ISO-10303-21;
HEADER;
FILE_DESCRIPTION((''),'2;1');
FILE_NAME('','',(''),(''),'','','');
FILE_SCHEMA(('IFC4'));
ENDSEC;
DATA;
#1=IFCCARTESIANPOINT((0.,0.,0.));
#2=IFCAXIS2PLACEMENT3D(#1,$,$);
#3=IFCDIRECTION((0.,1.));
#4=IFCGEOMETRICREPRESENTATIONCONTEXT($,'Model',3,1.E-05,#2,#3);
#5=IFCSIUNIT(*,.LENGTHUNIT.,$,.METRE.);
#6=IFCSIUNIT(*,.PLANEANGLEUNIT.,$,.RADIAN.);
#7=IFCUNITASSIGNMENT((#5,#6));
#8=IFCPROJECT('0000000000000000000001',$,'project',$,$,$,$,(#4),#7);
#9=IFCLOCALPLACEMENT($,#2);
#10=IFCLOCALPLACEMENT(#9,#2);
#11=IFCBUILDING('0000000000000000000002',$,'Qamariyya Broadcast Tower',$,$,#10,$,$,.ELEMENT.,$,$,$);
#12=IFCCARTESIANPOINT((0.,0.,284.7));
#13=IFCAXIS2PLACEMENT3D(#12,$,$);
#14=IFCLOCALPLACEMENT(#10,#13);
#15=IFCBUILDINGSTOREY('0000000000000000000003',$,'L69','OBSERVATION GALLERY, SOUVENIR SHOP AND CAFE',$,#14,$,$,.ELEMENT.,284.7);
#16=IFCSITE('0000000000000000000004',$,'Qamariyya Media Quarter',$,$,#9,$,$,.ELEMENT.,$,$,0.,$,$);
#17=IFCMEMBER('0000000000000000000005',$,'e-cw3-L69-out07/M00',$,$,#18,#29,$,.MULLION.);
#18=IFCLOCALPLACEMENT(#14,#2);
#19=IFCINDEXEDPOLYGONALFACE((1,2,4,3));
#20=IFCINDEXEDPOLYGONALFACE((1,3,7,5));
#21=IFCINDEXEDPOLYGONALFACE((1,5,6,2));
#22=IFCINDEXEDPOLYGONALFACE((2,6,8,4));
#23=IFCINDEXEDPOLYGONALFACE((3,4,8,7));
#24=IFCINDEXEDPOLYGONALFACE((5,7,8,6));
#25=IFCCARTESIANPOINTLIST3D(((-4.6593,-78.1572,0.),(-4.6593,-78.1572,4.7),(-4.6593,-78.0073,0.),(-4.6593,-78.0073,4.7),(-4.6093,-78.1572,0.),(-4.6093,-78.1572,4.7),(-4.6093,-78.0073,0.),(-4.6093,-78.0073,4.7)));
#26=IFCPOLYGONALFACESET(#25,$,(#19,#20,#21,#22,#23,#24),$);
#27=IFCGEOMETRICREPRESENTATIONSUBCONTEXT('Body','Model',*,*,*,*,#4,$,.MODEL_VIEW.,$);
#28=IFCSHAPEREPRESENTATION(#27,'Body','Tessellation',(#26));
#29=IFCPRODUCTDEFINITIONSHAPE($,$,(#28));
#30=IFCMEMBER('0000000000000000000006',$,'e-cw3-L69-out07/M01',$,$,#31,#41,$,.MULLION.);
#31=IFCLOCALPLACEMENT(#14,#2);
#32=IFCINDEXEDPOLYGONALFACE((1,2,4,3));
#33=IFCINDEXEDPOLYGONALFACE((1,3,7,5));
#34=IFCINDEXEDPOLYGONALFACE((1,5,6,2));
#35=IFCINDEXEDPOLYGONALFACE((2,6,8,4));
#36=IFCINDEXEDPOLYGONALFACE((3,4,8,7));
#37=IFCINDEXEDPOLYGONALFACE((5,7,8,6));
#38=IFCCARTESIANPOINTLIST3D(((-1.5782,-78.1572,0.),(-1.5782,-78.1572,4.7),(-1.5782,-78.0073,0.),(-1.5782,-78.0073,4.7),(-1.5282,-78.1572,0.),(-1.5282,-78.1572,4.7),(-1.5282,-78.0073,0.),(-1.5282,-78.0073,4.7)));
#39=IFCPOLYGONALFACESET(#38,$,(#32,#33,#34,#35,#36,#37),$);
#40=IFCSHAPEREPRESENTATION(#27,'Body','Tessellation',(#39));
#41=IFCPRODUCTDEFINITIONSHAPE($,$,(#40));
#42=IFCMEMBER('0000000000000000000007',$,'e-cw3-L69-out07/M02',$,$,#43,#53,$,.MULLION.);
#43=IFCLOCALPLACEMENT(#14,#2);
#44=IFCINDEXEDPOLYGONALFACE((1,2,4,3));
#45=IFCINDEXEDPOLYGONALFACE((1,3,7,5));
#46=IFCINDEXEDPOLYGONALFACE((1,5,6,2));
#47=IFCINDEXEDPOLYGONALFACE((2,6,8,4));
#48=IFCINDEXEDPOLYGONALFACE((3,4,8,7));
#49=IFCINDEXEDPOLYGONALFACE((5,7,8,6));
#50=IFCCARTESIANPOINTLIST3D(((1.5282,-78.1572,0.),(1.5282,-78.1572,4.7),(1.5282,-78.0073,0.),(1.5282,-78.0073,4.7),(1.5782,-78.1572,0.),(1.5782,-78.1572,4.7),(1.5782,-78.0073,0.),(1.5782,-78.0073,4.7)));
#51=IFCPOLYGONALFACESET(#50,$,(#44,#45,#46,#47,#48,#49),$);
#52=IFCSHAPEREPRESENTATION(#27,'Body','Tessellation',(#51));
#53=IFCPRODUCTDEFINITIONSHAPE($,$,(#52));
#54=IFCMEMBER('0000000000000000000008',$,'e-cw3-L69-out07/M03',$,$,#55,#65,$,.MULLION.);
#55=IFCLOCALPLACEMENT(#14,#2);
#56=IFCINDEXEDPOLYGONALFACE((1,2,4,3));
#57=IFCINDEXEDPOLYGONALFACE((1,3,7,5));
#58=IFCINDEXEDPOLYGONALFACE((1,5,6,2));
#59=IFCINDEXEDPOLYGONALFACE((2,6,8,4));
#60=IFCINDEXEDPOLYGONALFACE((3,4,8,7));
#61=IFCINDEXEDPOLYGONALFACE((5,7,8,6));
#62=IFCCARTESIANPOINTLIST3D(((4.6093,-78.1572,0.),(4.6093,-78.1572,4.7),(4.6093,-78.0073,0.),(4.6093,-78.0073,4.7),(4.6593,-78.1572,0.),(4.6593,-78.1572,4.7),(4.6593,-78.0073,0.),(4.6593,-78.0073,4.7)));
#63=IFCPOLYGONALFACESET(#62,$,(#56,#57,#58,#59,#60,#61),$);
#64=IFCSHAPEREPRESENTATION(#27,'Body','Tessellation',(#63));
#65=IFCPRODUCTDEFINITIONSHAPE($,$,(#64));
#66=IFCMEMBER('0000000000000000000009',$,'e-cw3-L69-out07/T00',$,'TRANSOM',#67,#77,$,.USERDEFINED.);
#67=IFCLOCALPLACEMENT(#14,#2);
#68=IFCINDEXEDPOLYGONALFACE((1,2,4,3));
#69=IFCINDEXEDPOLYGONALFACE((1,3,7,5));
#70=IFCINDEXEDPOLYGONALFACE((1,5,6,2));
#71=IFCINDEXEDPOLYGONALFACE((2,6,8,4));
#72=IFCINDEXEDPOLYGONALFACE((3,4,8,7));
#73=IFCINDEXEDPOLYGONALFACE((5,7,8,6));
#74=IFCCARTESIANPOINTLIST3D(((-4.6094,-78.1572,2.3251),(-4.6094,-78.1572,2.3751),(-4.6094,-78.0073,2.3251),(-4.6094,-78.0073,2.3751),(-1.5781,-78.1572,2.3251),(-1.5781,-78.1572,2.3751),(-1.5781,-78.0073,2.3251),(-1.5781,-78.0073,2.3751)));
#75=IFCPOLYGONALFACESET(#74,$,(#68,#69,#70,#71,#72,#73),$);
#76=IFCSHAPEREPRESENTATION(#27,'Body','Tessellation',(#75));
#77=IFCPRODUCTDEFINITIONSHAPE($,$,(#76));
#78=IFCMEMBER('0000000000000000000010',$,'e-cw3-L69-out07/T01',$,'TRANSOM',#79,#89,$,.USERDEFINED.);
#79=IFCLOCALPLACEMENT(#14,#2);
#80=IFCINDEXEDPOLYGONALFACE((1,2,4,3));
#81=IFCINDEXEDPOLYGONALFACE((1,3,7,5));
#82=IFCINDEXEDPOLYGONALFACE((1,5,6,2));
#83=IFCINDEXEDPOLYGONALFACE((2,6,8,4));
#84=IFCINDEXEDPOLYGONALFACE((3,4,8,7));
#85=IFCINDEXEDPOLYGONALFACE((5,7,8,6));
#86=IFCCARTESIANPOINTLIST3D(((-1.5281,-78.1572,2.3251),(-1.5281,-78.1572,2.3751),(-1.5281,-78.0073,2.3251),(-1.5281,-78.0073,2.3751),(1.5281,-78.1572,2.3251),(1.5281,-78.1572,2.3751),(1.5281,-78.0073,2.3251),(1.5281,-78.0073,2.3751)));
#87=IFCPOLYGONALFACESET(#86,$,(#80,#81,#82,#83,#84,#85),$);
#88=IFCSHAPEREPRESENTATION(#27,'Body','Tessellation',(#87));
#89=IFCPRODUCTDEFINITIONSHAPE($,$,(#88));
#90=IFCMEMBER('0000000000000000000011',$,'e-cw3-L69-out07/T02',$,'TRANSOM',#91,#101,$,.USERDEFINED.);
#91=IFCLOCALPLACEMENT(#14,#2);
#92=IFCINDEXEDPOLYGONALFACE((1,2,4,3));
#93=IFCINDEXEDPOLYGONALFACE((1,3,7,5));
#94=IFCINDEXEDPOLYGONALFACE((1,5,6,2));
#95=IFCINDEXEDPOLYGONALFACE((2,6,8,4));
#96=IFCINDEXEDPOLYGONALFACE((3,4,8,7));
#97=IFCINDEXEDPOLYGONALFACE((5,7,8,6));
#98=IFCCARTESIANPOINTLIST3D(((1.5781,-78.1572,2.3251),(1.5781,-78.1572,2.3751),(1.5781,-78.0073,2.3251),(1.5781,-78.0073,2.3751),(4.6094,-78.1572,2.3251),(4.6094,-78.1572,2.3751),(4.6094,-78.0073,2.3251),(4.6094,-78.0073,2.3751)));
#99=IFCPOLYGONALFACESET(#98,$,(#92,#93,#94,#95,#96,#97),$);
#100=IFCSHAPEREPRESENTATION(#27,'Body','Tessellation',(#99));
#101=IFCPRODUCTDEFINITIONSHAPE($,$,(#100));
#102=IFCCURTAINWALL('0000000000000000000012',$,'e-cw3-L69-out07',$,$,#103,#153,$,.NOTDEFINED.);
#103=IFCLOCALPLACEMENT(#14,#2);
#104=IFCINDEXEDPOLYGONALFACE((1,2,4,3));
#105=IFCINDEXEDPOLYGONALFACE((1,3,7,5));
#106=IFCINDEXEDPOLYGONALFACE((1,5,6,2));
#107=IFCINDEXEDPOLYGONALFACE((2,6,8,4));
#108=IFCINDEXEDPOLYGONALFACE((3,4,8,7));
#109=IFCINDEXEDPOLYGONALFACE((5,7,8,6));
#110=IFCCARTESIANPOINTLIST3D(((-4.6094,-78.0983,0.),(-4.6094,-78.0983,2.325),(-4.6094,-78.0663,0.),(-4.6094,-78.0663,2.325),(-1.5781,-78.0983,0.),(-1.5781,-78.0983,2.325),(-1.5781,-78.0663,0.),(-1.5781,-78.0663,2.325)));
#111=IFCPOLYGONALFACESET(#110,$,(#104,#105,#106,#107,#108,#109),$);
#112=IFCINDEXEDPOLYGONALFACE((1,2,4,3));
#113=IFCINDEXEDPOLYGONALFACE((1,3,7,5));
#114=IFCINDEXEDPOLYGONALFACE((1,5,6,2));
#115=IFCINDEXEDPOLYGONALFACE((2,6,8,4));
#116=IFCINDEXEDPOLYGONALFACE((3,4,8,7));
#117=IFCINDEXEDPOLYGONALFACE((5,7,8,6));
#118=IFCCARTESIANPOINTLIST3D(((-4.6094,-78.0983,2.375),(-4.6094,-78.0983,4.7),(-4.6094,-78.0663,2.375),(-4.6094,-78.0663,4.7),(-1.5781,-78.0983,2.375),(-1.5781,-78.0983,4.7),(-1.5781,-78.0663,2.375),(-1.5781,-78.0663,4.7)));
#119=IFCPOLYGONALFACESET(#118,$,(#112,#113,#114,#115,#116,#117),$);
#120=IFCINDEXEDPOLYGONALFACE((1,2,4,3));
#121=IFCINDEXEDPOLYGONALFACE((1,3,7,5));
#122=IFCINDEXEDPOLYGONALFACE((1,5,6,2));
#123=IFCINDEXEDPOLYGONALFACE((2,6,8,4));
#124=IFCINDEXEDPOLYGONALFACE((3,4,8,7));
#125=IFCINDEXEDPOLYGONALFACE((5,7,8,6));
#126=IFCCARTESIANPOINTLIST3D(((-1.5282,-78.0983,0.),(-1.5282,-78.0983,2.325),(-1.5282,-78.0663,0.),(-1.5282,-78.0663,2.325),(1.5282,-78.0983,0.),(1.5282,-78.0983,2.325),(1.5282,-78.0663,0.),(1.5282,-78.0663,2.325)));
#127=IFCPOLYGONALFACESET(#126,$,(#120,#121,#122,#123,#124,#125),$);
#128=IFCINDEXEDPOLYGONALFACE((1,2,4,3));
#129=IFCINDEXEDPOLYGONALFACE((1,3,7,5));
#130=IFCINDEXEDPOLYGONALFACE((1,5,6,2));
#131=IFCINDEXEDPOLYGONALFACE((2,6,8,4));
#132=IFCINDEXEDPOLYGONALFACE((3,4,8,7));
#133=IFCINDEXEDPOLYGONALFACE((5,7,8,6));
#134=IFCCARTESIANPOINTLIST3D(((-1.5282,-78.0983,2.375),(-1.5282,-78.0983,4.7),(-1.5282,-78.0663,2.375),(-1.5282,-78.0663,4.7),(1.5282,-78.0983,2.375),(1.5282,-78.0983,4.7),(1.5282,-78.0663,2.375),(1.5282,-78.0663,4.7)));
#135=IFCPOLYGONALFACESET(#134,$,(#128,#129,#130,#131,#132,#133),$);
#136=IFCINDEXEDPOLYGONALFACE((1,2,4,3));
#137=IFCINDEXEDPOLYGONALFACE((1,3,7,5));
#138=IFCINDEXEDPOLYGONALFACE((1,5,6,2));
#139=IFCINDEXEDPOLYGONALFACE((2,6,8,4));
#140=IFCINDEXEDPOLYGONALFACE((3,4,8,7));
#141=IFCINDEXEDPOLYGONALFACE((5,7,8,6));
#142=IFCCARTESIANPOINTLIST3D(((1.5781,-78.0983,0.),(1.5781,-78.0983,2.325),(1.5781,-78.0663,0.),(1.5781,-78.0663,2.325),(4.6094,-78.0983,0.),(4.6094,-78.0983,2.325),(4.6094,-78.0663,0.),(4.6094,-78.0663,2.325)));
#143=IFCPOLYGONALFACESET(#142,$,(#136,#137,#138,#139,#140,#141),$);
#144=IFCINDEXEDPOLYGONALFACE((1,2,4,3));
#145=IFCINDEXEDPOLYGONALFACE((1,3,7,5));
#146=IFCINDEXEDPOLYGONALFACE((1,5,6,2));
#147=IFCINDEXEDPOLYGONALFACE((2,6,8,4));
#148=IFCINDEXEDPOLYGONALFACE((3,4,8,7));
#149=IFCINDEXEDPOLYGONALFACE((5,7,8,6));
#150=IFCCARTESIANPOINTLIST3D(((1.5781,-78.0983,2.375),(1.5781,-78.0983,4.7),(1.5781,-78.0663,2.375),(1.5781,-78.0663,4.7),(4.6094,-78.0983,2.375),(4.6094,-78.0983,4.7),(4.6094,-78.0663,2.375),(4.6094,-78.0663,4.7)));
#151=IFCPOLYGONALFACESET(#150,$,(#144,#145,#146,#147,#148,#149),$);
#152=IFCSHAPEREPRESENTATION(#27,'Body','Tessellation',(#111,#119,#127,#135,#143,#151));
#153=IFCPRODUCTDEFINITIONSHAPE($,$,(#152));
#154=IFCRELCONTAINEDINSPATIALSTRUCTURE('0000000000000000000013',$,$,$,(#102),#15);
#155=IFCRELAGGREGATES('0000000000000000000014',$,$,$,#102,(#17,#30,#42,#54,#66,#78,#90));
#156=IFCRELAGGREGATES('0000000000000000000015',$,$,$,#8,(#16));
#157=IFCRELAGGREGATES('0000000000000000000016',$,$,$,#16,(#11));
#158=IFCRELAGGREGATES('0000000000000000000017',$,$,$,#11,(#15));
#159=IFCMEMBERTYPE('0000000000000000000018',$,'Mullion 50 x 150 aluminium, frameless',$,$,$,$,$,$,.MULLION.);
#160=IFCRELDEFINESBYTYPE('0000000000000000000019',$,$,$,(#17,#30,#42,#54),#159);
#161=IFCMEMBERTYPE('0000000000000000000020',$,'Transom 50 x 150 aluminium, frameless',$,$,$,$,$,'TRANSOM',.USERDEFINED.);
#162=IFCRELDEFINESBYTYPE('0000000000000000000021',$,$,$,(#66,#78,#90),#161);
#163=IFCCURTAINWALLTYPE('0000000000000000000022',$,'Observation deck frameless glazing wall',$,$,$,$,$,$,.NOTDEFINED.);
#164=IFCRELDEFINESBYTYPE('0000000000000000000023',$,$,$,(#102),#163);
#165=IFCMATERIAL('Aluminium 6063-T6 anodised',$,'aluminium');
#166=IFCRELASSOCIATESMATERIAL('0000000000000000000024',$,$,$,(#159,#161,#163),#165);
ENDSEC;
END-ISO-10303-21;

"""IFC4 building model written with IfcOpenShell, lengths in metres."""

from ifc_helpers import new_model, si_unit, direction, frame, origin, origin_2d, place, context, subcontext, project, spatial, rectangle, extrude, material, material_profile, profile_set, type_object, element, aggregate, save


model = new_model("IFC4")

# Units and contexts
model_context = context("Model", 3, precision=1e-05, world=origin(), true_north=direction((0.0, 1.0)))
body_context = subcontext(model_context, "Body", "Model", "MODEL_VIEW")
ifc_project = project(units=[si_unit("LENGTHUNIT", "METRE"), si_unit("PLANEANGLEUNIT", "RADIAN")], contexts=[model_context])

# Members
ifc_material = material(Name="Aluminium 6063-T6 anodised", Category="aluminium")
ifc_material_profile_1 = material_profile(ifc_material, rectangle(XDim=0.1499, YDim=0.05, at=origin_2d()))
ifc_profile_set_1 = profile_set([ifc_material_profile_1], Name="Aluminium 6063-T6 anodised")
member_type_1 = type_object("IfcMemberType", Name="Mullion 50 x 150 aluminium, frameless", PredefinedType="MULLION", material=ifc_profile_set_1)
site_placement = place(None, origin())
building_placement = place(site_placement, origin())
storey_placement = place(building_placement, frame((0.0, 0.0, 284.7)))
member_1_placement = place(storey_placement, frame((-4.6343, -78.0823, 0.0), z_axis=(0.0, 0.0, 1.0), x_axis=(0.0, 1.0, 0.0)))
member_1 = element("IfcMember", 1, at=member_1_placement, type_object=member_type_1, Name="e-cw3-L69-out07/M00", PredefinedType="MULLION", context=body_context, shape_type="SweptSolid", body=[
    extrude(rectangle(XDim=0.1499, YDim=0.05, at=origin_2d()), origin(), (0.0, 0.0, 1.0), 4.7),
])
member_2_placement = place(storey_placement, frame((-1.5532, -78.0823, 0.0), z_axis=(0.0, 0.0, 1.0), x_axis=(0.0, 1.0, 0.0)))
member_2 = element("IfcMember", 2, at=member_2_placement, type_object=member_type_1, Name="e-cw3-L69-out07/M01", PredefinedType="MULLION", context=body_context, shape_type="SweptSolid", body=[
    extrude(rectangle(XDim=0.1499, YDim=0.05, at=origin_2d()), origin(), (0.0, 0.0, 1.0), 4.7),
])
member_3_placement = place(storey_placement, frame((1.5532, -78.0823, 0.0), z_axis=(0.0, 0.0, 1.0), x_axis=(0.0, 1.0, 0.0)))
member_3 = element("IfcMember", 3, at=member_3_placement, type_object=member_type_1, Name="e-cw3-L69-out07/M02", PredefinedType="MULLION", context=body_context, shape_type="SweptSolid", body=[
    extrude(rectangle(XDim=0.1499, YDim=0.05, at=origin_2d()), origin(), (0.0, 0.0, 1.0), 4.7),
])
member_4_placement = place(storey_placement, frame((4.6343, -78.0823, 0.0), z_axis=(0.0, 0.0, 1.0), x_axis=(0.0, 1.0, 0.0)))
member_4 = element("IfcMember", 4, at=member_4_placement, type_object=member_type_1, Name="e-cw3-L69-out07/M03", PredefinedType="MULLION", context=body_context, shape_type="SweptSolid", body=[
    extrude(rectangle(XDim=0.1499, YDim=0.05, at=origin_2d()), origin(), (0.0, 0.0, 1.0), 4.7),
])
ifc_material_profile_2 = material_profile(ifc_material, rectangle(XDim=0.1499, YDim=0.05, at=origin_2d()))
ifc_profile_set_2 = profile_set([ifc_material_profile_2], Name="Aluminium 6063-T6 anodised")
member_type_2 = type_object("IfcMemberType", Name="Transom 50 x 150 aluminium, frameless", ElementType="TRANSOM", PredefinedType="USERDEFINED", material=ifc_profile_set_2)
member_5_placement = place(storey_placement, frame((-4.6094, -78.0823, 2.3501), z_axis=(1.0, 0.0, 0.0), x_axis=(0.0, 1.0, 0.0)))
member_5 = element("IfcMember", 5, at=member_5_placement, type_object=member_type_2, Name="e-cw3-L69-out07/T00", ObjectType="TRANSOM", PredefinedType="USERDEFINED", context=body_context, shape_type="SweptSolid", body=[
    extrude(rectangle(XDim=0.1499, YDim=0.05, at=origin_2d()), origin(), (0.0, 0.0, 1.0), 3.0312),
])
member_6_placement = place(storey_placement, frame((-1.5281, -78.0823, 2.3501), z_axis=(1.0, 0.0, 0.0), x_axis=(0.0, 1.0, 0.0)))
member_6 = element("IfcMember", 6, at=member_6_placement, type_object=member_type_2, Name="e-cw3-L69-out07/T01", ObjectType="TRANSOM", PredefinedType="USERDEFINED", context=body_context, shape_type="SweptSolid", body=[
    extrude(rectangle(XDim=0.1499, YDim=0.05, at=origin_2d()), origin(), (0.0, 0.0, 1.0), 3.0562),
])
member_7_placement = place(storey_placement, frame((1.5781, -78.0823, 2.3501), z_axis=(1.0, 0.0, 0.0), x_axis=(0.0, 1.0, 0.0)))
member_7 = element("IfcMember", 7, at=member_7_placement, type_object=member_type_2, Name="e-cw3-L69-out07/T02", ObjectType="TRANSOM", PredefinedType="USERDEFINED", context=body_context, shape_type="SweptSolid", body=[
    extrude(rectangle(XDim=0.1499, YDim=0.05, at=origin_2d()), origin(), (0.0, 0.0, 1.0), 3.0312),
])

# Site, building, storey
site = spatial("IfcSite", under=ifc_project, at=site_placement, Name="Qamariyya Media Quarter", CompositionType="ELEMENT", RefElevation=0.0)
building = spatial("IfcBuilding", under=site, at=building_placement, Name="Qamariyya Broadcast Tower", CompositionType="ELEMENT")
storey = spatial("IfcBuildingStorey", under=building, at=storey_placement, Name="L69", Description="OBSERVATION GALLERY, SOUVENIR SHOP AND CAFE", CompositionType="ELEMENT", Elevation=284.7)

# Curtain wall
curtain_wall_type = type_object("IfcCurtainWallType", Name="Observation deck frameless glazing wall", PredefinedType="NOTDEFINED", material=ifc_material)
curtain_wall_1_placement = place(storey_placement, origin())
curtain_wall_1 = element("IfcCurtainWall", 8, at=curtain_wall_1_placement, inside=storey, type_object=curtain_wall_type, Name="e-cw3-L69-out07", PredefinedType="NOTDEFINED", context=body_context, shape_type="SweptSolid", body=[
    extrude(rectangle(XDim=3.0312, YDim=0.032, at=origin_2d()), frame((-3.0938, -78.0823, 0.0), x_axis=(1.0, 0.0, 0.0)), (0.0, 0.0, 1.0), 2.325),
    extrude(rectangle(XDim=3.0312, YDim=0.032, at=origin_2d()), frame((-3.0938, -78.0823, 2.375), x_axis=(1.0, 0.0, 0.0)), (0.0, 0.0, 1.0), 2.325),
    extrude(rectangle(XDim=3.0564, YDim=0.032, at=origin_2d()), frame((0.0, -78.0823, 0.0), x_axis=(1.0, 0.0, 0.0)), (0.0, 0.0, 1.0), 2.325),
    extrude(rectangle(XDim=3.0564, YDim=0.032, at=origin_2d()), frame((0.0, -78.0823, 2.375), x_axis=(1.0, 0.0, 0.0)), (0.0, 0.0, 1.0), 2.325),
    extrude(rectangle(XDim=3.0312, YDim=0.032, at=origin_2d()), frame((3.0938, -78.0823, 0.0), x_axis=(1.0, 0.0, 0.0)), (0.0, 0.0, 1.0), 2.325),
    extrude(rectangle(XDim=3.0312, YDim=0.032, at=origin_2d()), frame((3.0938, -78.0823, 2.375), x_axis=(1.0, 0.0, 0.0)), (0.0, 0.0, 1.0), 2.325),
])
aggregate(curtain_wall_1, [member_1, member_2, member_3, member_4, member_5, member_6, member_7])

save(model, "model.ifc")
